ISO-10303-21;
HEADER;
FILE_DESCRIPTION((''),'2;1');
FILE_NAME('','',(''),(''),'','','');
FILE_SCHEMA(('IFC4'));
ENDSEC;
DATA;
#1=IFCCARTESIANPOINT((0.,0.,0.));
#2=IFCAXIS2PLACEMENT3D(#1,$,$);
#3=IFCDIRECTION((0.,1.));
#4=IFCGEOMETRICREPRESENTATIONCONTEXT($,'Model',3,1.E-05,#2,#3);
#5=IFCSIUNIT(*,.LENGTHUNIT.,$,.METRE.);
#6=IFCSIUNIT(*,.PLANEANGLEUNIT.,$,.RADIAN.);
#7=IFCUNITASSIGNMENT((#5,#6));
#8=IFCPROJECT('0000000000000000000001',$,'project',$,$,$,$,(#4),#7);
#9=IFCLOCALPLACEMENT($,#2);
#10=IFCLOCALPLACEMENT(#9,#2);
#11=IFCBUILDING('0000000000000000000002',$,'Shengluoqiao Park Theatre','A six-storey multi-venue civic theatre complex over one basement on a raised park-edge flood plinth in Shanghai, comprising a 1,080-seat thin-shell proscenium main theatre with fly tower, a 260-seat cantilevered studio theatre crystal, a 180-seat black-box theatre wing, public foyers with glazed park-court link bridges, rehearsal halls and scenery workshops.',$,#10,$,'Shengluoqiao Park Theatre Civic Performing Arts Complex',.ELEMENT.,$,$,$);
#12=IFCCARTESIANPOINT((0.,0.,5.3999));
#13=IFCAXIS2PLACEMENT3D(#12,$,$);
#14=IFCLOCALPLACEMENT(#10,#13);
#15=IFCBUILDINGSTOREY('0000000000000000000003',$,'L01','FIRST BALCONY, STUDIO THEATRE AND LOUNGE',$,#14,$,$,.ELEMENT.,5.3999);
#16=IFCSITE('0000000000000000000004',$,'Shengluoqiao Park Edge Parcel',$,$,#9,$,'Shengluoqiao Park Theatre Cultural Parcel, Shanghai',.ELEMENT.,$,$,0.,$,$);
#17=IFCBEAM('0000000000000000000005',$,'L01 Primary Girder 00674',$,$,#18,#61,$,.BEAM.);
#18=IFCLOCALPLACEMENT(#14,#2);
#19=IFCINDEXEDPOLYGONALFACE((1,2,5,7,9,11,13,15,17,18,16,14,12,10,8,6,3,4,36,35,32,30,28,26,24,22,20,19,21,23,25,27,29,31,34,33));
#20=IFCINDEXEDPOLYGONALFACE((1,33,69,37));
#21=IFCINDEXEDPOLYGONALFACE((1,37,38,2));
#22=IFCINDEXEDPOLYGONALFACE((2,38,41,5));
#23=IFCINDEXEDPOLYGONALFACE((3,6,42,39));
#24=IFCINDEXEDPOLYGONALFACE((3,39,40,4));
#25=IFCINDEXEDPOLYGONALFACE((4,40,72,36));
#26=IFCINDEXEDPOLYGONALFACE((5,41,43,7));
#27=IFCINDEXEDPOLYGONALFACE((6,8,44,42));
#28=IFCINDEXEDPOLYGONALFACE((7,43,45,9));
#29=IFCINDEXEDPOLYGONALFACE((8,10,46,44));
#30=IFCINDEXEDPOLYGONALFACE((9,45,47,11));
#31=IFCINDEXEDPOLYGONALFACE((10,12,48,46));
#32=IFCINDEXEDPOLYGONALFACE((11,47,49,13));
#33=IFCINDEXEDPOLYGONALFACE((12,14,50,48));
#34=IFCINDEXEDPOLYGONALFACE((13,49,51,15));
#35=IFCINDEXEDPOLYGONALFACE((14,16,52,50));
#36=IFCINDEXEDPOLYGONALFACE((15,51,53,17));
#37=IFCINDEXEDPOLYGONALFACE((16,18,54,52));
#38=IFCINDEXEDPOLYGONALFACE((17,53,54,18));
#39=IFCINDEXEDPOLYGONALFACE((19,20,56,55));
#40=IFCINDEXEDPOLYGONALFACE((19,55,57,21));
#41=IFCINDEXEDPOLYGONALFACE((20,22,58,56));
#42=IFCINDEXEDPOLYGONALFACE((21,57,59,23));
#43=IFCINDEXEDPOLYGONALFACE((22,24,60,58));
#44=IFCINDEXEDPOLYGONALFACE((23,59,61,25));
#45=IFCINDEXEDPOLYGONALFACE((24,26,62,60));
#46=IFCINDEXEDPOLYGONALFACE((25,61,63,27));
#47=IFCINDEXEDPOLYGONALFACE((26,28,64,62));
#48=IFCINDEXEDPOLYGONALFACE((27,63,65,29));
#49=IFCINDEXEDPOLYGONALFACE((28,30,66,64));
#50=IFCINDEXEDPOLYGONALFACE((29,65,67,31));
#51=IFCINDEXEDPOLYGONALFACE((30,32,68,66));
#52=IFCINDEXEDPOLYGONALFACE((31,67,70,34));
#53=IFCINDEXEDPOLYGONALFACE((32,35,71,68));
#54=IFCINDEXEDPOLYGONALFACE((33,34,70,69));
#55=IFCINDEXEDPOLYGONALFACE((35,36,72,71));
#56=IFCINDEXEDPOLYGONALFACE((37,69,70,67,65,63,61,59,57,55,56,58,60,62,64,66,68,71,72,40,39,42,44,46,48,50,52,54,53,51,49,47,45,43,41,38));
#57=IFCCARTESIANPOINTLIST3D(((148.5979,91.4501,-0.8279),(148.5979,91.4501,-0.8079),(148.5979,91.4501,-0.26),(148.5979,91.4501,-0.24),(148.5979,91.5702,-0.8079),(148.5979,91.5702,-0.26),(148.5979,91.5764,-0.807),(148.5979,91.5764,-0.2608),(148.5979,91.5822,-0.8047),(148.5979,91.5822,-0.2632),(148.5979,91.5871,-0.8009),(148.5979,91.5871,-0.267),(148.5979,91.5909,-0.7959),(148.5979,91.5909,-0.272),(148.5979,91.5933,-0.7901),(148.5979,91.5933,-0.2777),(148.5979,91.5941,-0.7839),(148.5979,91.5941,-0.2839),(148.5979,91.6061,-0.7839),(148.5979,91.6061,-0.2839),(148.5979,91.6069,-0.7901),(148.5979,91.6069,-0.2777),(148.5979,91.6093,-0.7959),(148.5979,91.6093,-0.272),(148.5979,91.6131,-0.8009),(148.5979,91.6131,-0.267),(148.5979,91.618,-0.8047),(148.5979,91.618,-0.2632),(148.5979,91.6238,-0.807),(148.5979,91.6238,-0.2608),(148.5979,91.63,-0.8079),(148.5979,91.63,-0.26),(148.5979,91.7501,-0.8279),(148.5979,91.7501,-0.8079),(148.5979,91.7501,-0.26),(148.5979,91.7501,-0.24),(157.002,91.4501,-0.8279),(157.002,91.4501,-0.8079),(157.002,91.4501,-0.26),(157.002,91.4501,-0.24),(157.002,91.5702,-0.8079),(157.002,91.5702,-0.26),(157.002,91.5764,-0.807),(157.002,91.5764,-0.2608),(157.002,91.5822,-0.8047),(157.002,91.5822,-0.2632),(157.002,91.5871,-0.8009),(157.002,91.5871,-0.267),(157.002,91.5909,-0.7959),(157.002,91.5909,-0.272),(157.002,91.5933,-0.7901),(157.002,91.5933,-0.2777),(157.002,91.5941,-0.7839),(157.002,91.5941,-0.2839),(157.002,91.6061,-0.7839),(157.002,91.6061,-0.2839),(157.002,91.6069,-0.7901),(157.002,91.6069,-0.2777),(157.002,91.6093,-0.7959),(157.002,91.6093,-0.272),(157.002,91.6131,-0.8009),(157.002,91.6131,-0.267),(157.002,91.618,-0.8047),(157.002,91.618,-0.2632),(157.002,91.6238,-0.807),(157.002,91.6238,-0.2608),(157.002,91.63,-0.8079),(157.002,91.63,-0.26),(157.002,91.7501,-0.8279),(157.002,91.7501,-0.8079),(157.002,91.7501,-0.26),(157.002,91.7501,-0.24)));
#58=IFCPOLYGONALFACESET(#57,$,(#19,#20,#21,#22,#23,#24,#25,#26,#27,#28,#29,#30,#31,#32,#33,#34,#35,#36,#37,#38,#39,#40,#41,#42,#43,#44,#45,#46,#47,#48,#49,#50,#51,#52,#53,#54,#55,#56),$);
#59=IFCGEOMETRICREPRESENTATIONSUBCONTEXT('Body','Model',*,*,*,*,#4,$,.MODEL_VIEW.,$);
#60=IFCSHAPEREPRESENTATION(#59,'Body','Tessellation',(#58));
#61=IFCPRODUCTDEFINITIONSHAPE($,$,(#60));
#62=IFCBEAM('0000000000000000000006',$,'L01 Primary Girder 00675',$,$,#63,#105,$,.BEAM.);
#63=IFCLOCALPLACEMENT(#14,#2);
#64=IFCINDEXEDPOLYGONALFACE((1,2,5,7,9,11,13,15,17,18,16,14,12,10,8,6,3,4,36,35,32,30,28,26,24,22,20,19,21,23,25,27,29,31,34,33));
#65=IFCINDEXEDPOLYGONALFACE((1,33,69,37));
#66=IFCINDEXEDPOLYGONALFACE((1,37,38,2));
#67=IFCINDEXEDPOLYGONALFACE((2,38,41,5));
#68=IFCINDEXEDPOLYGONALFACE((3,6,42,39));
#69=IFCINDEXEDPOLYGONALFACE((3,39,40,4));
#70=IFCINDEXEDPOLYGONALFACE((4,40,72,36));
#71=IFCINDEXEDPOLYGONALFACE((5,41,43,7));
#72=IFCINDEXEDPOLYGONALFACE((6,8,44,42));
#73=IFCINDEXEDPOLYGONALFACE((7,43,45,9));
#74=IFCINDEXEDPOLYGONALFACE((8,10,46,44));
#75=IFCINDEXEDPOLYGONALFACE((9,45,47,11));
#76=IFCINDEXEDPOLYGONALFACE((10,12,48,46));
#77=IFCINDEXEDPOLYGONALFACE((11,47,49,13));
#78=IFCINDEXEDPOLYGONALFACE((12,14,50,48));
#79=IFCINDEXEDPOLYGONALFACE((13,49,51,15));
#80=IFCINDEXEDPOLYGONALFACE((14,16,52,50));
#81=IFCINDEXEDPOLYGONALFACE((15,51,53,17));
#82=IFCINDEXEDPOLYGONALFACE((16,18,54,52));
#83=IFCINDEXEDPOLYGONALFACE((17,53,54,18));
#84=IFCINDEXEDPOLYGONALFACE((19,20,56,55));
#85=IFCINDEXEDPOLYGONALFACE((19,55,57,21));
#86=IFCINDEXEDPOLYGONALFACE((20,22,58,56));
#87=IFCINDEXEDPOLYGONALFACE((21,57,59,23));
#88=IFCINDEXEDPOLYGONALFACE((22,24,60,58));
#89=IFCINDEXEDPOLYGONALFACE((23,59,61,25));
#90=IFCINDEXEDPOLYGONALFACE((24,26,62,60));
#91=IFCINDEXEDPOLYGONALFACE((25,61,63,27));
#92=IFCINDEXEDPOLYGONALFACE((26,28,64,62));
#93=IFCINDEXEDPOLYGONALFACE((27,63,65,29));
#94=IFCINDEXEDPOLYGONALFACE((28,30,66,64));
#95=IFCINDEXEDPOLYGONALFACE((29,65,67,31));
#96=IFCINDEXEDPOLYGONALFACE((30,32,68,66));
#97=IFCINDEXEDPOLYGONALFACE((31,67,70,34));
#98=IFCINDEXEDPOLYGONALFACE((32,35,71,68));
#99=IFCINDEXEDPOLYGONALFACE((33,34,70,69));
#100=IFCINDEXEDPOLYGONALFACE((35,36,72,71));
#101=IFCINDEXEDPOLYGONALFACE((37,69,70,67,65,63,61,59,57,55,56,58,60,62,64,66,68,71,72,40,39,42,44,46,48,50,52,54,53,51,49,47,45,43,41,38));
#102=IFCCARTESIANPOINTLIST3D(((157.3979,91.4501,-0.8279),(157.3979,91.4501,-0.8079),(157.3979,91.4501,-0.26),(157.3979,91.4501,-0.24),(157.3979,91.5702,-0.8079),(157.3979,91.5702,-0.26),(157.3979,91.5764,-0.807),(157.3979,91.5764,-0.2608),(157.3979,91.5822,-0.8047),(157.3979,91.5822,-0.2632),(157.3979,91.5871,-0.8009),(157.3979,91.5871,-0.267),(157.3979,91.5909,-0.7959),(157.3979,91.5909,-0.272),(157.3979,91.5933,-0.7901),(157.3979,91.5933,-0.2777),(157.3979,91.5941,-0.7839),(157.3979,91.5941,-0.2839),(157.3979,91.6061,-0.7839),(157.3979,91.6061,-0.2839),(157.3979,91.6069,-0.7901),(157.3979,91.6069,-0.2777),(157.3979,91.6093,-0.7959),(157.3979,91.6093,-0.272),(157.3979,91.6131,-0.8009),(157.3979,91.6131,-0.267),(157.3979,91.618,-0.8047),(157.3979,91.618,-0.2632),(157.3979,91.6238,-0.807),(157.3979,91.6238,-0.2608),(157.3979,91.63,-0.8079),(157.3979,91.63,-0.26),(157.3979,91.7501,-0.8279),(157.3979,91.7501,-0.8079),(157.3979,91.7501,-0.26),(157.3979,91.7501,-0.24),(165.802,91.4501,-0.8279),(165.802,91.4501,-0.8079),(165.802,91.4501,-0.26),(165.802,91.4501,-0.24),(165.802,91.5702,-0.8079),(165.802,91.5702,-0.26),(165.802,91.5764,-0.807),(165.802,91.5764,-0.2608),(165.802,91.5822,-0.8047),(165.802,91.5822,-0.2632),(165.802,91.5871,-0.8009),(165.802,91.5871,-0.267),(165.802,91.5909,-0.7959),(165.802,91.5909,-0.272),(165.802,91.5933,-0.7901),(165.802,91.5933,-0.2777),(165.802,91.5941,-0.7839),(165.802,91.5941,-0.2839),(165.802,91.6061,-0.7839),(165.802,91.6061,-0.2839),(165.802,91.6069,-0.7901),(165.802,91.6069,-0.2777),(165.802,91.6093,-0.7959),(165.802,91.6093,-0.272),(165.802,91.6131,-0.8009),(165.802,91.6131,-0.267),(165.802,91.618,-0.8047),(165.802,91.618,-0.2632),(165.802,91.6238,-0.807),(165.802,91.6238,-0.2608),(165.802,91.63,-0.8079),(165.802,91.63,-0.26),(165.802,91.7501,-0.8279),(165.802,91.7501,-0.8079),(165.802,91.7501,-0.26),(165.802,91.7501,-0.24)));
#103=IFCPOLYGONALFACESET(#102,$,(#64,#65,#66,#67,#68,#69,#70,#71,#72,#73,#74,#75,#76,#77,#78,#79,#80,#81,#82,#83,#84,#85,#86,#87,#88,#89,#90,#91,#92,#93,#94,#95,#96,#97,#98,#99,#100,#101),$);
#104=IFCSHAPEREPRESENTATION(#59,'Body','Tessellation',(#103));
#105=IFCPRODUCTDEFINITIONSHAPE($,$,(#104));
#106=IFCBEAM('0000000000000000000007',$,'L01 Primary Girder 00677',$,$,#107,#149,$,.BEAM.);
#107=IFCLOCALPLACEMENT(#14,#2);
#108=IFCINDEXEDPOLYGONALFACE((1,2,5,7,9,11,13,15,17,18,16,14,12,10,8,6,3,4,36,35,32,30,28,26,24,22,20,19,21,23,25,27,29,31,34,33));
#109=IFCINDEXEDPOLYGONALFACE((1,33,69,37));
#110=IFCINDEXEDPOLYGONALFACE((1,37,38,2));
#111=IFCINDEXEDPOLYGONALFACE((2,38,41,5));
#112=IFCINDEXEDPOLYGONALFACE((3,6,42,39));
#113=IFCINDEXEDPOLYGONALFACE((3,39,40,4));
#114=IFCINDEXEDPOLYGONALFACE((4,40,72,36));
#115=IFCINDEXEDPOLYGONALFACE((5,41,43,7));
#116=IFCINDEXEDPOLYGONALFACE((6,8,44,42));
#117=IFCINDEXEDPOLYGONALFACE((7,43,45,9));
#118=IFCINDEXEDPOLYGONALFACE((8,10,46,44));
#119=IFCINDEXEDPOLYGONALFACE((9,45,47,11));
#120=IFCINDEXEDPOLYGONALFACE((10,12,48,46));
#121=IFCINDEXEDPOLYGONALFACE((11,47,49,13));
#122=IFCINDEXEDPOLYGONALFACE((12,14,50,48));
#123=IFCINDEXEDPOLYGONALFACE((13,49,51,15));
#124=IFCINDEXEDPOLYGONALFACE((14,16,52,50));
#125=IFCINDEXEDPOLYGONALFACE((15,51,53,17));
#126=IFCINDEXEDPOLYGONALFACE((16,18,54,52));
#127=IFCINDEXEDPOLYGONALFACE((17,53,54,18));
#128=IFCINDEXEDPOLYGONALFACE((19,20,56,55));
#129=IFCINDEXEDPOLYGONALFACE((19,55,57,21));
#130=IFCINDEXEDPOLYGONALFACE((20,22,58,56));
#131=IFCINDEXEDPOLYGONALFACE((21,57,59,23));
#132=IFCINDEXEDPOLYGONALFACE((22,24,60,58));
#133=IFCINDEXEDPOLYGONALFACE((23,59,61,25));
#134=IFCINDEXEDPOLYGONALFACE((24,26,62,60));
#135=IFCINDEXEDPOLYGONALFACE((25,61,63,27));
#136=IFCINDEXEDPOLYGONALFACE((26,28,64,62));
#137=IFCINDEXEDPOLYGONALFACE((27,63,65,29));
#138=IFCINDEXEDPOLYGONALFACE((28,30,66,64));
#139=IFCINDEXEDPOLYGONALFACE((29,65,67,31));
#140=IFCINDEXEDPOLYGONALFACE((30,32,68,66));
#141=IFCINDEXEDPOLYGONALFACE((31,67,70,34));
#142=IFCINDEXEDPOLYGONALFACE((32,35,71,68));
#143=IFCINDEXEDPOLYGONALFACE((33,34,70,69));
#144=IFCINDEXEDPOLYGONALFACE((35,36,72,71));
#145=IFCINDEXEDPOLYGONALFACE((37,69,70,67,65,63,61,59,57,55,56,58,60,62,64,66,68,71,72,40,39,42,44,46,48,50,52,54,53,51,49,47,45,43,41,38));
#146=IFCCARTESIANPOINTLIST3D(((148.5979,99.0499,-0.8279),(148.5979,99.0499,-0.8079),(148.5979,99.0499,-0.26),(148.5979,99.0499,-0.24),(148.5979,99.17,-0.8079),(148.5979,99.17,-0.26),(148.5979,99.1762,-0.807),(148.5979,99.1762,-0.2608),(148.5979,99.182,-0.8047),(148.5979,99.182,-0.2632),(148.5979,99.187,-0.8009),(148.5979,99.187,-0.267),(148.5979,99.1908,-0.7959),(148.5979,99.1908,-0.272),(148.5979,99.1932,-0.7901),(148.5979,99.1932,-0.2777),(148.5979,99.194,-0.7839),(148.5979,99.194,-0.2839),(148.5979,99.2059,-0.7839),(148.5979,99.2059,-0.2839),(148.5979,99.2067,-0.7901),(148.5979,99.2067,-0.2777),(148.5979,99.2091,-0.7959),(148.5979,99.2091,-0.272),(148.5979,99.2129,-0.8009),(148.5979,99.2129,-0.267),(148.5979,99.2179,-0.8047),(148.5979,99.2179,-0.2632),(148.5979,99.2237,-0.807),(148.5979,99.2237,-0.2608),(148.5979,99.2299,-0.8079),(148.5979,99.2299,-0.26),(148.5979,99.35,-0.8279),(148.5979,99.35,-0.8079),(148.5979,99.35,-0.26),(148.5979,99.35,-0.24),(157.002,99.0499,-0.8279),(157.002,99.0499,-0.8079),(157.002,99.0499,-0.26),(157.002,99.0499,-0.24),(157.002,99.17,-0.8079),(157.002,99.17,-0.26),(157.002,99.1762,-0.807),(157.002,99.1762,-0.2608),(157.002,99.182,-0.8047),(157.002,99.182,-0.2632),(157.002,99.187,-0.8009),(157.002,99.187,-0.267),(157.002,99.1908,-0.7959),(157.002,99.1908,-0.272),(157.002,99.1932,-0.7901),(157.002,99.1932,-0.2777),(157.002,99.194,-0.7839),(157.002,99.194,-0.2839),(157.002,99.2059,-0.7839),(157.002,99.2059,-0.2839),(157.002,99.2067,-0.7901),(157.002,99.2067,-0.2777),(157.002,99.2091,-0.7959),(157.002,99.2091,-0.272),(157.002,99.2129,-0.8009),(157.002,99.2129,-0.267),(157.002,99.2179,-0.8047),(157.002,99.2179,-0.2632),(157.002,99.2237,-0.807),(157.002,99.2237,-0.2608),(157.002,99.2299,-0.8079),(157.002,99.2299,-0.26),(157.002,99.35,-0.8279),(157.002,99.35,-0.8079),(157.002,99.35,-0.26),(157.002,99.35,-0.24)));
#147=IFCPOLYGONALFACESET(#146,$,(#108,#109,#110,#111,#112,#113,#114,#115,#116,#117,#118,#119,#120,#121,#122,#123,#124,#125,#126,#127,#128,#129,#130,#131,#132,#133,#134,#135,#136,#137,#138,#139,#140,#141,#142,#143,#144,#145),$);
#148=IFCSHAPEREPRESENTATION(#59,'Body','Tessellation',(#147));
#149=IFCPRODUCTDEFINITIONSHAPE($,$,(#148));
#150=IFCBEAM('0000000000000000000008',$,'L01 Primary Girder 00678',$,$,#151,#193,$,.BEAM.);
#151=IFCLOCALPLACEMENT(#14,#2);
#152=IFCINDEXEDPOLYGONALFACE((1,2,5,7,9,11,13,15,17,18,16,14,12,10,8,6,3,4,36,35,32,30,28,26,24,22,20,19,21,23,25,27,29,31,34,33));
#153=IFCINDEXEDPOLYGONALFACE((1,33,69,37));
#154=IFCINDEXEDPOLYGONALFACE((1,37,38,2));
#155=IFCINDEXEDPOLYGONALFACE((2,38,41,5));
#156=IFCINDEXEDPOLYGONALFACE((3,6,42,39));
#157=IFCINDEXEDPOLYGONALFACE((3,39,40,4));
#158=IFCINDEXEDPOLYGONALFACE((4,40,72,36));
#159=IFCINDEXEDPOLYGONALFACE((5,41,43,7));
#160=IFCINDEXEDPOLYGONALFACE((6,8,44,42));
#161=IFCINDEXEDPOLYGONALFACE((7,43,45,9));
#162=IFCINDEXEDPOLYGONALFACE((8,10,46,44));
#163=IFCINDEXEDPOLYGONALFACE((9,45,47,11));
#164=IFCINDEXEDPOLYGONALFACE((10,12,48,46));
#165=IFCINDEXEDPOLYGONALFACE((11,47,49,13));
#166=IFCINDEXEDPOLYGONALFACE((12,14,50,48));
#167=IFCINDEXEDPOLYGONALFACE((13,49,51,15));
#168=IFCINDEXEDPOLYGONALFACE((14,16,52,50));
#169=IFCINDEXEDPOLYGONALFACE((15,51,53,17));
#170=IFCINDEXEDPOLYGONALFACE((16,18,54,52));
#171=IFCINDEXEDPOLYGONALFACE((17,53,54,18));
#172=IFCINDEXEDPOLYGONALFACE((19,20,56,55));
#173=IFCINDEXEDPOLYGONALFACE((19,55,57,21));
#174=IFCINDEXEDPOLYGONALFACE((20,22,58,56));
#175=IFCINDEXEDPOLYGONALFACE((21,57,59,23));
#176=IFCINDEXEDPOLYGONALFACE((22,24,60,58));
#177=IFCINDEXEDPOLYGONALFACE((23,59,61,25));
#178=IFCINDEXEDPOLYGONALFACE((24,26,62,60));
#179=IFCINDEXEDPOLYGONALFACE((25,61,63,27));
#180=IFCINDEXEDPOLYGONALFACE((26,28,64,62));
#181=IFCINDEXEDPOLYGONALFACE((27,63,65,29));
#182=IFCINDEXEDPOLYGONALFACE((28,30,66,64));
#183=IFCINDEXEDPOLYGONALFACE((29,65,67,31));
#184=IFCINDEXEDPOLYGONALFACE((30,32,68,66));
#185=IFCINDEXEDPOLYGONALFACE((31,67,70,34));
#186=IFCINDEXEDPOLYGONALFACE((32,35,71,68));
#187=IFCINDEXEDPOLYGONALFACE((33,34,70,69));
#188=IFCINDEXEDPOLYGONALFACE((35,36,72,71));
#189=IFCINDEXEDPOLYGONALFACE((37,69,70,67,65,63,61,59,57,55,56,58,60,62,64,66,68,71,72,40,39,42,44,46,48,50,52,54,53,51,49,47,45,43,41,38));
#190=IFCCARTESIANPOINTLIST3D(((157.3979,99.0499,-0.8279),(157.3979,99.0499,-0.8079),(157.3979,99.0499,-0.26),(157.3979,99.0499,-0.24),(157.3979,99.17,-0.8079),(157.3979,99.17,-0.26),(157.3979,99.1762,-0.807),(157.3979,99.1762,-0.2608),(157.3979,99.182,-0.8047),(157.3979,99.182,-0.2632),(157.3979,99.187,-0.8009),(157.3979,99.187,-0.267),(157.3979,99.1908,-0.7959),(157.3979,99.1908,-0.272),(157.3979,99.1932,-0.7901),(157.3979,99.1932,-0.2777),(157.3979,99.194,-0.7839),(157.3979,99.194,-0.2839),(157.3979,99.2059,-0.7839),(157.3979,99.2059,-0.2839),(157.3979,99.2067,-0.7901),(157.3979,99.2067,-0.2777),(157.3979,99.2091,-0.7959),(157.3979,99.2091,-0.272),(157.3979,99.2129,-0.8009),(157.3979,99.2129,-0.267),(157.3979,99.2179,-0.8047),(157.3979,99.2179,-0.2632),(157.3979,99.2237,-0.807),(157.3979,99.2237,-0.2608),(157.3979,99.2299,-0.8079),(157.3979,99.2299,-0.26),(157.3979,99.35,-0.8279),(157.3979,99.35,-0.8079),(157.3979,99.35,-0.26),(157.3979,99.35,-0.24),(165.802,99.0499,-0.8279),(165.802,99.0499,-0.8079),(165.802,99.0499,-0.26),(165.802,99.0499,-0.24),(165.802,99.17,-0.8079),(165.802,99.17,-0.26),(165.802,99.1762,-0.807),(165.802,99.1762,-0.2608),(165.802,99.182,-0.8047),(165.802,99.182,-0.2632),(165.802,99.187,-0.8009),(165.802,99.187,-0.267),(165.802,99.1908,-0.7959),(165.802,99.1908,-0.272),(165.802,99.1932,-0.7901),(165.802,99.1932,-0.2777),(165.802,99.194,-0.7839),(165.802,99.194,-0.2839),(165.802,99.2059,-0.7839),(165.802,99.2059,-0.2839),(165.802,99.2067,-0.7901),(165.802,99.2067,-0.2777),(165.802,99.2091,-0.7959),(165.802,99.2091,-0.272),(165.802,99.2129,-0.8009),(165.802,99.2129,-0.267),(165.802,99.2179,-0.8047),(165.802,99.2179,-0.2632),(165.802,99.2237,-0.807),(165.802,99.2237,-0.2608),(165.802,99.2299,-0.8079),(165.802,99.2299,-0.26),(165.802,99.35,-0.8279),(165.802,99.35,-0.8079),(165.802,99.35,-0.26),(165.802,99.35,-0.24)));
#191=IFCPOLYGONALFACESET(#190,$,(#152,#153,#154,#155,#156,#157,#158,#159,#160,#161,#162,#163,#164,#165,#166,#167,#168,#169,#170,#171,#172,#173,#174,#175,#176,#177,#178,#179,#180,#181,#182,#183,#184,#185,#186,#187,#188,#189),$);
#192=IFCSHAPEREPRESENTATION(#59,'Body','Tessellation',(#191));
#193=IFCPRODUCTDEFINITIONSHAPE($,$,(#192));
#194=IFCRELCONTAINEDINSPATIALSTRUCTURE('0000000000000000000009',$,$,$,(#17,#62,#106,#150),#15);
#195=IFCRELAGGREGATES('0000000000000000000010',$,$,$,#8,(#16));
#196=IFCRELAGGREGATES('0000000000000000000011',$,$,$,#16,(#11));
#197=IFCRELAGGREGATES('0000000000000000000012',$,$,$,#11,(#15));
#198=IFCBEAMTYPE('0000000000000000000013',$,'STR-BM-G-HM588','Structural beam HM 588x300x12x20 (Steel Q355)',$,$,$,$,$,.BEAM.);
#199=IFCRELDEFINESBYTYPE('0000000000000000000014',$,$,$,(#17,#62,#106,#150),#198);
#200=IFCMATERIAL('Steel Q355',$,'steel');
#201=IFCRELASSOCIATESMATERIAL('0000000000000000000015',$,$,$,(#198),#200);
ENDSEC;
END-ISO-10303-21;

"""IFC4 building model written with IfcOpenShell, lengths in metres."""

from ifc_helpers import new_model, si_unit, direction, frame, origin, origin_2d, place, context, subcontext, project, spatial, i_section, extrude, material, material_profile, profile_set, type_object, element, save


model = new_model("IFC4")

# Units and contexts
model_context = context("Model", 3, precision=1e-05, world=origin(), true_north=direction((0.0, 1.0)))
body_context = subcontext(model_context, "Body", "Model", "MODEL_VIEW")
ifc_project = project(units=[si_unit("LENGTHUNIT", "METRE"), si_unit("PLANEANGLEUNIT", "RADIAN")], contexts=[model_context])

# Site, building, storey
site_placement = place(None, origin())
site = spatial("IfcSite", under=ifc_project, at=site_placement, Name="Shengluoqiao Park Edge Parcel", LongName="Shengluoqiao Park Theatre Cultural Parcel, Shanghai", CompositionType="ELEMENT", RefElevation=0.0)
building_placement = place(site_placement, origin())
building = spatial("IfcBuilding", under=site, at=building_placement, Name="Shengluoqiao Park Theatre", Description="A six-storey multi-venue civic theatre complex over one basement on a raised park-edge flood plinth in Shanghai, comprising a 1,080-seat thin-shell proscenium main theatre with fly tower, a 260-seat cantilevered studio theatre crystal, a 180-seat black-box theatre wing, public foyers with glazed park-court link bridges, rehearsal halls and scenery workshops.", LongName="Shengluoqiao Park Theatre Civic Performing Arts Complex", CompositionType="ELEMENT")
storey_placement = place(building_placement, frame((0.0, 0.0, 5.3999)))
storey = spatial("IfcBuildingStorey", under=building, at=storey_placement, Name="L01", Description="FIRST BALCONY, STUDIO THEATRE AND LOUNGE", CompositionType="ELEMENT", Elevation=5.3999)

# Beams
ifc_material_1 = material(Name="Steel Q355", Category="steel")
ifc_material_profile_1 = material_profile(ifc_material_1, i_section(OverallWidth=0.3, OverallDepth=0.5879, WebThickness=0.012, FlangeThickness=0.02, FilletRadius=0.0239, at=origin_2d()), Name="HM 588x300x12x20")
ifc_profile_set_1 = profile_set([ifc_material_profile_1], Name="Steel Q355")
beam_type_1 = type_object("IfcBeamType", Name="STR-BM-G-HM588", Description="Structural beam HM 588x300x12x20 (Steel Q355)", PredefinedType="BEAM", material=ifc_profile_set_1)
for number, where, z_axis, x_axis, name in (
    (1, (148.5979, 91.6001, -0.5339), (1.0, 0.0, 0.0), (0.0, 1.0, 0.0), "L01 Primary Girder 00674"),
    (2, (157.3979, 91.6001, -0.5339), (1.0, 0.0, 0.0), (0.0, 1.0, 0.0), "L01 Primary Girder 00675"),
    (3, (148.5979, 99.2, -0.5339), (1.0, 0.0, 0.0), (0.0, 1.0, 0.0), "L01 Primary Girder 00677"),
    (4, (157.3979, 99.2, -0.5339), (1.0, 0.0, 0.0), (0.0, 1.0, 0.0), "L01 Primary Girder 00678"),
):
    element("IfcBeam", number, at=place(storey_placement, frame(where, z_axis=z_axis, x_axis=x_axis)), inside=storey, type_object=beam_type_1, Name=name, PredefinedType="BEAM", context=body_context, shape_type="SweptSolid", body=[
        extrude(i_section(OverallWidth=0.3, OverallDepth=0.5879, WebThickness=0.012, FlangeThickness=0.02, FilletRadius=0.0239, at=origin_2d()), origin(), (0.0, 0.0, 1.0), 8.4041),
    ])

save(model, "model.ifc")
